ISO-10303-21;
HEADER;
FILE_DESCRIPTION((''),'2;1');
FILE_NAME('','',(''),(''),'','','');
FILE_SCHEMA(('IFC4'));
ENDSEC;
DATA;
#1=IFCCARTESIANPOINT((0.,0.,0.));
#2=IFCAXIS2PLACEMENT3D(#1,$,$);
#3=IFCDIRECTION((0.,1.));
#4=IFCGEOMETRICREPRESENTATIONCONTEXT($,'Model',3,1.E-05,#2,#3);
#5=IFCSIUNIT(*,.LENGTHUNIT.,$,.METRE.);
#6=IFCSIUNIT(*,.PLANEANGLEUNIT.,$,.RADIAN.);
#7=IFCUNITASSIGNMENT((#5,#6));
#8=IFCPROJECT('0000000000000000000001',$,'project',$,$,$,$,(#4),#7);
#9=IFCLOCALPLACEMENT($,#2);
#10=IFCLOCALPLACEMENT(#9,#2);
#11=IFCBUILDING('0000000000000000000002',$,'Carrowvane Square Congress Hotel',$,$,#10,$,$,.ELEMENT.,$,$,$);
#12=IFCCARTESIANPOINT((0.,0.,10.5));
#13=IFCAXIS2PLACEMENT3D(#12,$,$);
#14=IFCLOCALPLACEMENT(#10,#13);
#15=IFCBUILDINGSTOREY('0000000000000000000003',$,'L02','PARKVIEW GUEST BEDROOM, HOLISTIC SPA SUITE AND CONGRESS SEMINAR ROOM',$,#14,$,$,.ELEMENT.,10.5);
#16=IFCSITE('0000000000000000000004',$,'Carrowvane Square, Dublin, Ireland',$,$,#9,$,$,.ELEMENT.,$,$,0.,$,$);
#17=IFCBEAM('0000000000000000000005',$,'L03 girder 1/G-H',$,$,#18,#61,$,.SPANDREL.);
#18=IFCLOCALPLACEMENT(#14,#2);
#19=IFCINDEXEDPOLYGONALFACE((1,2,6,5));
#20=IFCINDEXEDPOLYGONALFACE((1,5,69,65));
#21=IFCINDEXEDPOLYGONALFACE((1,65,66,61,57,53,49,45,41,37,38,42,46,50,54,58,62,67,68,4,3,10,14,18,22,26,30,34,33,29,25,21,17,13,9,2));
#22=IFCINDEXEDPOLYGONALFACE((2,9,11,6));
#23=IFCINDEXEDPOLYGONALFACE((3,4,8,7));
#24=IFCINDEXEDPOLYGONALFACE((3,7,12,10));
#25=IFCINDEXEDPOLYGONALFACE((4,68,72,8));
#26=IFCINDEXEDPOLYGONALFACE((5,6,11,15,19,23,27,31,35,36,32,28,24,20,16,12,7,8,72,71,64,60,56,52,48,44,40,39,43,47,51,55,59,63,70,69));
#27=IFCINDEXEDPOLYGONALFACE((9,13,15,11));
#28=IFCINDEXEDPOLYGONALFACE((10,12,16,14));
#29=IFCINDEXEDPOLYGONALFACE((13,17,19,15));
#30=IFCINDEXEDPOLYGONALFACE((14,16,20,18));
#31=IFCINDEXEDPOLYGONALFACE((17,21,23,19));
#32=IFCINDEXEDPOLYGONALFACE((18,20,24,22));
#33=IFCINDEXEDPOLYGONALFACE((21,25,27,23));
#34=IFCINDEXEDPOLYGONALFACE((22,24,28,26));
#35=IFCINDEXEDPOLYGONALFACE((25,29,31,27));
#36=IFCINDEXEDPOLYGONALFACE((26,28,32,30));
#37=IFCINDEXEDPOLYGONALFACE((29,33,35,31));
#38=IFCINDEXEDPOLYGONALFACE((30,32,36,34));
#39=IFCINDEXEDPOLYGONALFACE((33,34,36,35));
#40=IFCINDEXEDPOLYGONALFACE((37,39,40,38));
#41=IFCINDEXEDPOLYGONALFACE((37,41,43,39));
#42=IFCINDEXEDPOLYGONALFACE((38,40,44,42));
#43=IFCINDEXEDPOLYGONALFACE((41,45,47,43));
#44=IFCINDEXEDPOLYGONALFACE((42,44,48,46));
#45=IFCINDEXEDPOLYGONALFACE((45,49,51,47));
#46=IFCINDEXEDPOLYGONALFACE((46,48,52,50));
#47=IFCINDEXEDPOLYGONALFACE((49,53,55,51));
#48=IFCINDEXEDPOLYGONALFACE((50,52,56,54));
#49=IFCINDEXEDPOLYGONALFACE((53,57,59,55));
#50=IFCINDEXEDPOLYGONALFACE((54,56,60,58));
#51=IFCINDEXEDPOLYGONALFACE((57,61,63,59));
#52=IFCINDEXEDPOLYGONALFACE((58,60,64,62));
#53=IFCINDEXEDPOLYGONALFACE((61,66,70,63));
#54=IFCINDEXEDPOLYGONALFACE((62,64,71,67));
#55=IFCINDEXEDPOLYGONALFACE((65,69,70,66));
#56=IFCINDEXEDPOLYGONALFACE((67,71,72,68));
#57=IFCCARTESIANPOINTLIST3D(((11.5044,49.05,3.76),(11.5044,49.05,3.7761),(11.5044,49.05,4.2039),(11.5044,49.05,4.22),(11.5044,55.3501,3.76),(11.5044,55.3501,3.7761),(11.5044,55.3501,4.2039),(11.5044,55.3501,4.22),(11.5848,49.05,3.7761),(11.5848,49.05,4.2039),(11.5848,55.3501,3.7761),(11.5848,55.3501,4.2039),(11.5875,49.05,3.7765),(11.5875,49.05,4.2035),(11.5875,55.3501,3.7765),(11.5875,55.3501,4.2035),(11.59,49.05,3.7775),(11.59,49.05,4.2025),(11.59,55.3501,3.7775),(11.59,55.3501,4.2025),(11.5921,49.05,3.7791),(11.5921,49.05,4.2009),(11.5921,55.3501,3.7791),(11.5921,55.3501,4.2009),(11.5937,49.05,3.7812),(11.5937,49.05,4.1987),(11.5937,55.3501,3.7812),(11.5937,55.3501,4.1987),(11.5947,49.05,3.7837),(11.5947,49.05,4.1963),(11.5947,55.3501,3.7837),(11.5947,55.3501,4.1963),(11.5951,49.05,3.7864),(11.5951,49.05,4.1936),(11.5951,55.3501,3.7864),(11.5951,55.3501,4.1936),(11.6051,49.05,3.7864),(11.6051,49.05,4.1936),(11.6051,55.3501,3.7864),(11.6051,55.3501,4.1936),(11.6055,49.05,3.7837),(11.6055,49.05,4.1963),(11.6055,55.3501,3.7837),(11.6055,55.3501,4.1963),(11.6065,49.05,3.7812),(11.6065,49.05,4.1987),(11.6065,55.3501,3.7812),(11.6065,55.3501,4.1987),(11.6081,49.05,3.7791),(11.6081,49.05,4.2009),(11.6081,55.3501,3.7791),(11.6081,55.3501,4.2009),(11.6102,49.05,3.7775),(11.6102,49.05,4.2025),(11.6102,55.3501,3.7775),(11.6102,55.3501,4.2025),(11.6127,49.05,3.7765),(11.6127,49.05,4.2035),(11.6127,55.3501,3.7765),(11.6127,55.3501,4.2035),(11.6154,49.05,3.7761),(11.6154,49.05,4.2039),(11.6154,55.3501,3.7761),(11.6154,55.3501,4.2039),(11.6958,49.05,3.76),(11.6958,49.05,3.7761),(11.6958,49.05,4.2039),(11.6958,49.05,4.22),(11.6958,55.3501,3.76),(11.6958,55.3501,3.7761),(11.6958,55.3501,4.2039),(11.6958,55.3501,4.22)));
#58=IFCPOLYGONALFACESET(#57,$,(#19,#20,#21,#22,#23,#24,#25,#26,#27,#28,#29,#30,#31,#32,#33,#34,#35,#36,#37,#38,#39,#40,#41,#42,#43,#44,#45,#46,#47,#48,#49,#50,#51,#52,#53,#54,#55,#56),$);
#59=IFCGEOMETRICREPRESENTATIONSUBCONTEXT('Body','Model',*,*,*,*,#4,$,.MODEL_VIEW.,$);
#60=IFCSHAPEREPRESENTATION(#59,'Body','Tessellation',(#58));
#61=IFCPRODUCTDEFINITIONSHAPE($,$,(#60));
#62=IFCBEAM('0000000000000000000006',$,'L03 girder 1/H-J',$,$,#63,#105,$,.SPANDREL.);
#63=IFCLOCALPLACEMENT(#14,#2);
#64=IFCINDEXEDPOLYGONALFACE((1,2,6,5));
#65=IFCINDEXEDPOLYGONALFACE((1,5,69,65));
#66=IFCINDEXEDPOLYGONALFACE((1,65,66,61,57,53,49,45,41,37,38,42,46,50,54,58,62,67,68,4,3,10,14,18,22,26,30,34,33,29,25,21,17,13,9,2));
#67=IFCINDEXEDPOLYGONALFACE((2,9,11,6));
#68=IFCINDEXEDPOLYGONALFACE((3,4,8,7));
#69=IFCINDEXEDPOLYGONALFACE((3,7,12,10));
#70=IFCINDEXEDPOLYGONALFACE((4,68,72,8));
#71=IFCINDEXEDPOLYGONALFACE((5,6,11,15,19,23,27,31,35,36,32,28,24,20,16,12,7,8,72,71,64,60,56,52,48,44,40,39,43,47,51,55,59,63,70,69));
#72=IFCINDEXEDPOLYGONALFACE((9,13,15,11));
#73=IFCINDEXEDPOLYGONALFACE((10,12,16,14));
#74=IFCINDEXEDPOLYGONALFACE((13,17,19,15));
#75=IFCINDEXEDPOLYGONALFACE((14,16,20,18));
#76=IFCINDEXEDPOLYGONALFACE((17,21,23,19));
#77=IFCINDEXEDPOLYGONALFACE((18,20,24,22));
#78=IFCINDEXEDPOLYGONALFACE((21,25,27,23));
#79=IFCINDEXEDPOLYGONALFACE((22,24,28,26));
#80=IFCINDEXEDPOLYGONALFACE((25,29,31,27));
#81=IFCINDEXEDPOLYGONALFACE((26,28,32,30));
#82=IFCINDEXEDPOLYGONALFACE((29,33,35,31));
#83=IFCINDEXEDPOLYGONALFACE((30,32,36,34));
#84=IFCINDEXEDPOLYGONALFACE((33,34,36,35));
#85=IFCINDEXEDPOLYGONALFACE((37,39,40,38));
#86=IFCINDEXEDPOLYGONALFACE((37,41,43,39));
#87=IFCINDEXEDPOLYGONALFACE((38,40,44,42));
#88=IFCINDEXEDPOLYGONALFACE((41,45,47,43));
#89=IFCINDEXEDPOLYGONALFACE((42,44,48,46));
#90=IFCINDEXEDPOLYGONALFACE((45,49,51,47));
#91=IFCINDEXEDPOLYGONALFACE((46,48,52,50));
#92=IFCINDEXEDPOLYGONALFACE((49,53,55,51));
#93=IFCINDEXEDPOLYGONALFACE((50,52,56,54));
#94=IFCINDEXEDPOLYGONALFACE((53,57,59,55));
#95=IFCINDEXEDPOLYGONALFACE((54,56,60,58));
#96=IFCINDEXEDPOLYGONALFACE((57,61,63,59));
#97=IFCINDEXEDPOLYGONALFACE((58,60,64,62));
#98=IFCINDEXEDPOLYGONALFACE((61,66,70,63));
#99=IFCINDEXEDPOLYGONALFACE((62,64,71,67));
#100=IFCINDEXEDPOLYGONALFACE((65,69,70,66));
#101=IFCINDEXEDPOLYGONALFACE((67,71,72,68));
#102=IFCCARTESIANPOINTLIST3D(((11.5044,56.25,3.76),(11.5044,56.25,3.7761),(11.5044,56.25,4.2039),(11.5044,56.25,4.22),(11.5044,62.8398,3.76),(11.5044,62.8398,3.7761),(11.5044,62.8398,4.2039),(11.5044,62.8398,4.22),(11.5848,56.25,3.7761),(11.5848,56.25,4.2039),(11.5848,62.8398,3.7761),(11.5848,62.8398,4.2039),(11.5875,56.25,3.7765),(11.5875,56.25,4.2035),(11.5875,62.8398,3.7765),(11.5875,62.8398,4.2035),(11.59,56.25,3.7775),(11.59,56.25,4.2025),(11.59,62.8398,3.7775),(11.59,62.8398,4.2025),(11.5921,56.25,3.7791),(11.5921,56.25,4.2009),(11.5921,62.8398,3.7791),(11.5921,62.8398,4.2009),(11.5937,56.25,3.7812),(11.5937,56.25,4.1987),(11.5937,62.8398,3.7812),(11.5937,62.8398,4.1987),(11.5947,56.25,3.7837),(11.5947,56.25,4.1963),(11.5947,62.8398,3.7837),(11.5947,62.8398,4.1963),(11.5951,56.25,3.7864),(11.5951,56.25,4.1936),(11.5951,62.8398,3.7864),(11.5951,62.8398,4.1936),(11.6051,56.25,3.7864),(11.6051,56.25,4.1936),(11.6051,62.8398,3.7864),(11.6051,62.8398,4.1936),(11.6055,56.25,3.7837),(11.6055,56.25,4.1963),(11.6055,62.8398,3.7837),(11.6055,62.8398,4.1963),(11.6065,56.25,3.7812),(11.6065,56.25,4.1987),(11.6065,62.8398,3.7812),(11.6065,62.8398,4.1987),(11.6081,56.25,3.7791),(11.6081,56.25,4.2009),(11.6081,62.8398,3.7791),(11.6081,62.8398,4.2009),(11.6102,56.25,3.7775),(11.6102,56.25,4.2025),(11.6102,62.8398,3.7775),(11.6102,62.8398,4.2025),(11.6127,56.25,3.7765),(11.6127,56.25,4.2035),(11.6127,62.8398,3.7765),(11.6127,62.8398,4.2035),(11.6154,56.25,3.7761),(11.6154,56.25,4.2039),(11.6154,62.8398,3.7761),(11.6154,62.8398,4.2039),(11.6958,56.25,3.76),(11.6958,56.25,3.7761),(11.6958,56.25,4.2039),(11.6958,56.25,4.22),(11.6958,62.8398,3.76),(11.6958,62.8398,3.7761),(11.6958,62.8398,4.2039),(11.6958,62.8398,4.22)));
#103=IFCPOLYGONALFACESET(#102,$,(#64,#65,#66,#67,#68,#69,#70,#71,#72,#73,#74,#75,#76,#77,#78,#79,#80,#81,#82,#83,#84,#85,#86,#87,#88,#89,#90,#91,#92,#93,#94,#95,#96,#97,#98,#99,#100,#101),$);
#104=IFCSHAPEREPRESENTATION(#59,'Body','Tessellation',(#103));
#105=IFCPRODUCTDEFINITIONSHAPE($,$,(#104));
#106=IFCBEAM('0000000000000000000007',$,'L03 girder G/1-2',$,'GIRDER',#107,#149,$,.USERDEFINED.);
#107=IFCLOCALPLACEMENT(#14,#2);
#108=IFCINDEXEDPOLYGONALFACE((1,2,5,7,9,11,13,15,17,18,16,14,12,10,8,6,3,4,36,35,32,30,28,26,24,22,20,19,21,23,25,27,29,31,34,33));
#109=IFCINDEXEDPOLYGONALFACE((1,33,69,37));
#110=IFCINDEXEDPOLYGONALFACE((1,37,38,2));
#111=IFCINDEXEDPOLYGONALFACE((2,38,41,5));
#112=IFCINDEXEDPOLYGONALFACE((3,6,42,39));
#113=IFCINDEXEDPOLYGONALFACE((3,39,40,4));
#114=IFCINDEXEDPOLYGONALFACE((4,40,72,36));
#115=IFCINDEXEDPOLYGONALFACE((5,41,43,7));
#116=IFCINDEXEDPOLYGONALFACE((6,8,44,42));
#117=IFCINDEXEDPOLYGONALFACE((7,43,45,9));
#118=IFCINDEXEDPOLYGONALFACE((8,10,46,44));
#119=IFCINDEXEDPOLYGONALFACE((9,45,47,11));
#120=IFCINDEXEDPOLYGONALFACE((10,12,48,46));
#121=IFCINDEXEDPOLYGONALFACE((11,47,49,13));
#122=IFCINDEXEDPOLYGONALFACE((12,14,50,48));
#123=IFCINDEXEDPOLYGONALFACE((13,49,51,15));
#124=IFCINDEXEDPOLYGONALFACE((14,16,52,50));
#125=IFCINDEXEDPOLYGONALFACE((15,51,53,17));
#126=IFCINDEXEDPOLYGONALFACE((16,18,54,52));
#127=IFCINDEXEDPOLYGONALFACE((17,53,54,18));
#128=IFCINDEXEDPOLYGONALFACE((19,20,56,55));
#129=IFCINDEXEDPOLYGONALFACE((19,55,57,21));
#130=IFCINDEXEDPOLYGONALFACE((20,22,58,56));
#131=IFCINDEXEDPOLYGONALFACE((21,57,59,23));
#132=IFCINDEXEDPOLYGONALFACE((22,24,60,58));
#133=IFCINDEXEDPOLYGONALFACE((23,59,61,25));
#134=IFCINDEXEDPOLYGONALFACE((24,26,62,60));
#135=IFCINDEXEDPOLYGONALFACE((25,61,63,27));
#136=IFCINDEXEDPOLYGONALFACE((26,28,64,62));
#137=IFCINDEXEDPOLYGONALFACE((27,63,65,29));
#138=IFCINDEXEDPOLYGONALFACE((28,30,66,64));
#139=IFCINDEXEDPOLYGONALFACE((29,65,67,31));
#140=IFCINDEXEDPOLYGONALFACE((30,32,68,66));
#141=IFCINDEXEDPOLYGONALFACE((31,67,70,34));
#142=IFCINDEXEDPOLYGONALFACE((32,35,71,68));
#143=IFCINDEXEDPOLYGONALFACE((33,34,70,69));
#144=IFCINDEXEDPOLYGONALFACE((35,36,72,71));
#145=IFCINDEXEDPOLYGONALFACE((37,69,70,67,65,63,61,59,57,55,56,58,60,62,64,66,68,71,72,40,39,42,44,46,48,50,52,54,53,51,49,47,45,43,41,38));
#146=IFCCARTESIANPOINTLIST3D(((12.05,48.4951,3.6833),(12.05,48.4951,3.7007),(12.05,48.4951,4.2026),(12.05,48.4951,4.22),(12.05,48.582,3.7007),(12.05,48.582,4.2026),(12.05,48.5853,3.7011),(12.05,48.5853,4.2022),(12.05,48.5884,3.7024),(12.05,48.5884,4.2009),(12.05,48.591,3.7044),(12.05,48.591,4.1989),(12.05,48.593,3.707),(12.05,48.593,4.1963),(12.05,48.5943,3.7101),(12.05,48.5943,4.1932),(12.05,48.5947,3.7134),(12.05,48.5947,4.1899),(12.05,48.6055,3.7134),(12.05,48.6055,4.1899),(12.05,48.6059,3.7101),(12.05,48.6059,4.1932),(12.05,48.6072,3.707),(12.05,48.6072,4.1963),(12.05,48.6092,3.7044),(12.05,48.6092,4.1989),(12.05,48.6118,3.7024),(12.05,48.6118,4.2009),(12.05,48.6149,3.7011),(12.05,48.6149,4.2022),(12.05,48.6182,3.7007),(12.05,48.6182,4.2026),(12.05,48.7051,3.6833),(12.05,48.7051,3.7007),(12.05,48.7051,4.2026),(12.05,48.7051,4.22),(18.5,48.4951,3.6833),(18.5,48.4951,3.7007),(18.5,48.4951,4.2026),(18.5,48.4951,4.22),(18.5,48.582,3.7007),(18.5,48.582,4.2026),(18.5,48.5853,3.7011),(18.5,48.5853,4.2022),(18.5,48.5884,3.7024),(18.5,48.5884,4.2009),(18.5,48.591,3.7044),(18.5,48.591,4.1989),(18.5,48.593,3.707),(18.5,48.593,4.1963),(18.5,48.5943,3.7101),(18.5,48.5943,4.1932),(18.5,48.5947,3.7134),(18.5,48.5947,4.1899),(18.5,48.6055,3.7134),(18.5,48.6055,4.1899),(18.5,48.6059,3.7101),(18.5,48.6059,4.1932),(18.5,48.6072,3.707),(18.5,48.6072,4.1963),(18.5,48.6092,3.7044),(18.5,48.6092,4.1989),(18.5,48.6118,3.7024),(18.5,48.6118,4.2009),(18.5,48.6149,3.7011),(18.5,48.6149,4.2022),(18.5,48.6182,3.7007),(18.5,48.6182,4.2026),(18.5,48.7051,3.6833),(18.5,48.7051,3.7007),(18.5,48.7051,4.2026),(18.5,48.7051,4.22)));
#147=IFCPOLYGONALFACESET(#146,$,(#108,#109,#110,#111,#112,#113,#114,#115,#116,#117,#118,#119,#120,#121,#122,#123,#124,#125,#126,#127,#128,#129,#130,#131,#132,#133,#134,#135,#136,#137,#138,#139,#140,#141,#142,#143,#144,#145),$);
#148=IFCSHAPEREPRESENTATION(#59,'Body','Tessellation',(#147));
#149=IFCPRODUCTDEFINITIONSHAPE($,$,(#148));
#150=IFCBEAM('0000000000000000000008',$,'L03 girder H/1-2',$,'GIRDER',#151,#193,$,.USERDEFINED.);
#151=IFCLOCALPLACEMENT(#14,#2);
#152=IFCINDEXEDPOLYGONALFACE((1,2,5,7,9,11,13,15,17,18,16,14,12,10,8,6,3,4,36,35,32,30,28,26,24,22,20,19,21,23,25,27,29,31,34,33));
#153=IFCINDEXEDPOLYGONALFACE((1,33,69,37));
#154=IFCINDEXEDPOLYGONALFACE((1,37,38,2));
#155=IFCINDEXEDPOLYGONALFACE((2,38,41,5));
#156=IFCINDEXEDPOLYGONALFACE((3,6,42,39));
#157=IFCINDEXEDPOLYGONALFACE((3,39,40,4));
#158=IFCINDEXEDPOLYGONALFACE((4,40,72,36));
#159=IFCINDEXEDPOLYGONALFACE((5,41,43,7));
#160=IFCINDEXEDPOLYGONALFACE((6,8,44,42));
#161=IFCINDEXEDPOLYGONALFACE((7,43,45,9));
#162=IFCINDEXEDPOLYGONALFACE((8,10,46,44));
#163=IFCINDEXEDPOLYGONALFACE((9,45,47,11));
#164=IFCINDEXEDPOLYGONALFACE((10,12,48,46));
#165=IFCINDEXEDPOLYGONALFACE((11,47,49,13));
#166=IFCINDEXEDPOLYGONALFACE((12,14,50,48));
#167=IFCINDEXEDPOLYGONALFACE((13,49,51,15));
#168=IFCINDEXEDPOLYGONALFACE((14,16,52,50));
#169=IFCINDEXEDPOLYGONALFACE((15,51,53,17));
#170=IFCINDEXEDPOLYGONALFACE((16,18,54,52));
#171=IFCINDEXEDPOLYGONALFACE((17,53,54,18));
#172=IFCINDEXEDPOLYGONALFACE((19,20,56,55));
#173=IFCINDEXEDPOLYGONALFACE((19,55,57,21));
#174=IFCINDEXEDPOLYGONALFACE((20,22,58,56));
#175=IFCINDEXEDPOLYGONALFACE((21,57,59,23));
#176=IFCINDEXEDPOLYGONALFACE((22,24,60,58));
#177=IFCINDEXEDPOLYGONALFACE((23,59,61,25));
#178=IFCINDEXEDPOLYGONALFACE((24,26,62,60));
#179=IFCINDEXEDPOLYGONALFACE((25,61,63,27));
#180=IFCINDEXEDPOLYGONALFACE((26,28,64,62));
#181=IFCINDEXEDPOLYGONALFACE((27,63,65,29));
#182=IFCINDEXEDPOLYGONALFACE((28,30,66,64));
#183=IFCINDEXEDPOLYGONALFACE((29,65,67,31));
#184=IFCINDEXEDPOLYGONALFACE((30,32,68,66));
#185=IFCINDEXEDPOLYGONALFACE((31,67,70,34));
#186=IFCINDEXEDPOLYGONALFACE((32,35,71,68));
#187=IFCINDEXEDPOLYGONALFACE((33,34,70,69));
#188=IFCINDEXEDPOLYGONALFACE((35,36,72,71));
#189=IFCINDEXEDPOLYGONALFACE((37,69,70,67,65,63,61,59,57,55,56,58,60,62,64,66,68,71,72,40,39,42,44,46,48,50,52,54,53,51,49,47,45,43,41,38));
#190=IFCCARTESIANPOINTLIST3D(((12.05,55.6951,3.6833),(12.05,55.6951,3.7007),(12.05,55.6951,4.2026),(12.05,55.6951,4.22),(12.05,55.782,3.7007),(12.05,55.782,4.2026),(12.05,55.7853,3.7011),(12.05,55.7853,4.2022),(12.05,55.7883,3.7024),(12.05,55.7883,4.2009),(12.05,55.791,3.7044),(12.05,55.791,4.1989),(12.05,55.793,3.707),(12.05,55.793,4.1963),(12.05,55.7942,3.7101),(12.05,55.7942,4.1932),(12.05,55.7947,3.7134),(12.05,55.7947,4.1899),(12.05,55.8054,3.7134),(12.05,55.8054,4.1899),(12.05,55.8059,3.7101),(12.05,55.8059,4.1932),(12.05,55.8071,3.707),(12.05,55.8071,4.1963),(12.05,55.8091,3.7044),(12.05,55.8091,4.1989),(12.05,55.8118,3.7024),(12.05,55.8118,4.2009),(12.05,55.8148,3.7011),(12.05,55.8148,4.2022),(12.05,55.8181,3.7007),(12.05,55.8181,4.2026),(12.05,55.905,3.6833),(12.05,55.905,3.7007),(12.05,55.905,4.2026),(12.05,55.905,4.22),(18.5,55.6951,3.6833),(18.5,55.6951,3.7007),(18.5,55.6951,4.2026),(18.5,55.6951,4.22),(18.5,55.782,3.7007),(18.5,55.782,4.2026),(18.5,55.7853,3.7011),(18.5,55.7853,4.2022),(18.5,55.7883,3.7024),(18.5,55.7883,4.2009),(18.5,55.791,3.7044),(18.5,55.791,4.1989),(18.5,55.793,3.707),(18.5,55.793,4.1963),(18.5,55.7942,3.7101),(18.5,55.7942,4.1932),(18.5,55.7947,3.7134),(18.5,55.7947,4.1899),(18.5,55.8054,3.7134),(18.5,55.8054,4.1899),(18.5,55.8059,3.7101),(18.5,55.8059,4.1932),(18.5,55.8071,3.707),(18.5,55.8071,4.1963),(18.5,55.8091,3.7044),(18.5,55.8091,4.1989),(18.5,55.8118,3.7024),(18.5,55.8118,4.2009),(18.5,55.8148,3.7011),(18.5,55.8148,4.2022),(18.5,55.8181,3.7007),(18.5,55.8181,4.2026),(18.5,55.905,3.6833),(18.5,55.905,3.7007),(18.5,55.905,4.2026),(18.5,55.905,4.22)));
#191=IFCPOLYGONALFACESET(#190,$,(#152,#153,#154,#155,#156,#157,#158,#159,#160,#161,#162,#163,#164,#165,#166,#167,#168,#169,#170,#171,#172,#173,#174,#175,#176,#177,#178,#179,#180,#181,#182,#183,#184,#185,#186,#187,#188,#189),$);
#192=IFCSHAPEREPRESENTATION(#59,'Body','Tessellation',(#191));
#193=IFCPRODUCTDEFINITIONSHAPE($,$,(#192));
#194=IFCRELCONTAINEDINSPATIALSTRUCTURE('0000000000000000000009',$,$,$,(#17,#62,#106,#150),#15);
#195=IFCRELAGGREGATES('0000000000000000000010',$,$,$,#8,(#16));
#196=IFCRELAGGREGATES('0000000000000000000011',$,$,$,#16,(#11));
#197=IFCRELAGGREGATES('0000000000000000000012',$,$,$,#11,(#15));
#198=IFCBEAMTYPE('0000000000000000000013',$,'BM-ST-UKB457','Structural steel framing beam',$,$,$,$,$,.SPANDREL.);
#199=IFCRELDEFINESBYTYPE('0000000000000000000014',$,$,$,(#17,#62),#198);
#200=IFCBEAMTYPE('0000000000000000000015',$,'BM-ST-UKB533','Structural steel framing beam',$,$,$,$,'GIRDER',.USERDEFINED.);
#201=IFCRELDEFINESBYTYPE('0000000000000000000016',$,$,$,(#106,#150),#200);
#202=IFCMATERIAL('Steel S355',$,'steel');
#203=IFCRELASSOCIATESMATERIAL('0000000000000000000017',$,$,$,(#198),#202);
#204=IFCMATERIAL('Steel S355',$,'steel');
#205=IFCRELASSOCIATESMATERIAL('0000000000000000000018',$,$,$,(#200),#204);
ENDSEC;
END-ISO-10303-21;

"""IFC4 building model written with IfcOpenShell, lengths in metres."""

from ifc_helpers import new_model, si_unit, direction, frame, origin, origin_2d, place, context, subcontext, project, spatial, i_section, extrude, material, material_profile, profile_set, type_object, element, save


model = new_model("IFC4")

# Units and contexts
model_context = context("Model", 3, precision=1e-05, world=origin(), true_north=direction((0.0, 1.0)))
body_context = subcontext(model_context, "Body", "Model", "MODEL_VIEW")
ifc_project = project(units=[si_unit("LENGTHUNIT", "METRE"), si_unit("PLANEANGLEUNIT", "RADIAN")], contexts=[model_context])

# Site, building, storey
site_placement = place(None, origin())
site = spatial("IfcSite", under=ifc_project, at=site_placement, Name="Carrowvane Square, Dublin, Ireland", CompositionType="ELEMENT", RefElevation=0.0)
building_placement = place(site_placement, origin())
building = spatial("IfcBuilding", under=site, at=building_placement, Name="Carrowvane Square Congress Hotel", CompositionType="ELEMENT")
storey_placement = place(building_placement, frame((0.0, 0.0, 10.5)))
storey = spatial("IfcBuildingStorey", under=building, at=storey_placement, Name="L02", Description="PARKVIEW GUEST BEDROOM, HOLISTIC SPA SUITE AND CONGRESS SEMINAR ROOM", CompositionType="ELEMENT", Elevation=10.5)

# Beams
ifc_material_1 = material(Name="Steel S355", Category="steel")
ifc_material_profile_1 = material_profile(ifc_material_1, i_section(OverallWidth=0.1914, OverallDepth=0.46, WebThickness=0.01, FlangeThickness=0.0161, FilletRadius=0.0103, at=origin_2d()), Name="UKB 457x191x82")
ifc_profile_set_1 = profile_set([ifc_material_profile_1], Name="Steel S355")
beam_type_1 = type_object("IfcBeamType", Name="BM-ST-UKB457", Description="Structural steel framing beam", PredefinedType="SPANDREL", material=ifc_profile_set_1)
beam_1_placement = place(storey_placement, frame((11.6001, 49.05, 3.99), z_axis=(0.0, 1.0, 0.0), x_axis=(-1.0, 0.0, 0.0)))
element("IfcBeam", 1, at=beam_1_placement, inside=storey, type_object=beam_type_1, Name="L03 girder 1/G-H", PredefinedType="SPANDREL", context=body_context, shape_type="SweptSolid", body=[
    extrude(i_section(OverallWidth=0.1914, OverallDepth=0.46, WebThickness=0.01, FlangeThickness=0.0161, FilletRadius=0.0103, at=origin_2d()), origin(), (0.0, 0.0, 1.0), 6.3),
])
beam_2_placement = place(storey_placement, frame((11.6001, 56.25, 3.99), z_axis=(0.0, 1.0, 0.0), x_axis=(-1.0, 0.0, 0.0)))
element("IfcBeam", 2, at=beam_2_placement, inside=storey, type_object=beam_type_1, Name="L03 girder 1/H-J", PredefinedType="SPANDREL", context=body_context, shape_type="SweptSolid", body=[
    extrude(i_section(OverallWidth=0.1914, OverallDepth=0.46, WebThickness=0.01, FlangeThickness=0.0161, FilletRadius=0.0103, at=origin_2d()), origin(), (0.0, 0.0, 1.0), 6.5898),
])
ifc_material_2 = material(Name="Steel S355", Category="steel")
ifc_material_profile_2 = material_profile(ifc_material_2, i_section(OverallWidth=0.21, OverallDepth=0.5366, WebThickness=0.0107, FlangeThickness=0.0173, FilletRadius=0.0127, at=origin_2d()), Name="UKB 533x210x101")
ifc_profile_set_2 = profile_set([ifc_material_profile_2], Name="Steel S355")
beam_type_2 = type_object("IfcBeamType", Name="BM-ST-UKB533", Description="Structural steel framing beam", ElementType="GIRDER", PredefinedType="USERDEFINED", material=ifc_profile_set_2)
for number, where, z_axis, x_axis, name in (
    (3, (12.05, 48.6001, 3.9517), (1.0, 0.0, 0.0), (0.0, 1.0, 0.0), "L03 girder G/1-2"),
    (4, (12.05, 55.8, 3.9517), (1.0, 0.0, 0.0), (0.0, 1.0, 0.0), "L03 girder H/1-2"),
):
    element("IfcBeam", number, at=place(storey_placement, frame(where, z_axis=z_axis, x_axis=x_axis)), inside=storey, type_object=beam_type_2, Name=name, ObjectType="GIRDER", PredefinedType="USERDEFINED", context=body_context, shape_type="SweptSolid", body=[
        extrude(i_section(OverallWidth=0.21, OverallDepth=0.5366, WebThickness=0.0107, FlangeThickness=0.0173, FilletRadius=0.0127, at=origin_2d()), origin(), (0.0, 0.0, 1.0), 6.45),
    ])

save(model, "model.ifc")
